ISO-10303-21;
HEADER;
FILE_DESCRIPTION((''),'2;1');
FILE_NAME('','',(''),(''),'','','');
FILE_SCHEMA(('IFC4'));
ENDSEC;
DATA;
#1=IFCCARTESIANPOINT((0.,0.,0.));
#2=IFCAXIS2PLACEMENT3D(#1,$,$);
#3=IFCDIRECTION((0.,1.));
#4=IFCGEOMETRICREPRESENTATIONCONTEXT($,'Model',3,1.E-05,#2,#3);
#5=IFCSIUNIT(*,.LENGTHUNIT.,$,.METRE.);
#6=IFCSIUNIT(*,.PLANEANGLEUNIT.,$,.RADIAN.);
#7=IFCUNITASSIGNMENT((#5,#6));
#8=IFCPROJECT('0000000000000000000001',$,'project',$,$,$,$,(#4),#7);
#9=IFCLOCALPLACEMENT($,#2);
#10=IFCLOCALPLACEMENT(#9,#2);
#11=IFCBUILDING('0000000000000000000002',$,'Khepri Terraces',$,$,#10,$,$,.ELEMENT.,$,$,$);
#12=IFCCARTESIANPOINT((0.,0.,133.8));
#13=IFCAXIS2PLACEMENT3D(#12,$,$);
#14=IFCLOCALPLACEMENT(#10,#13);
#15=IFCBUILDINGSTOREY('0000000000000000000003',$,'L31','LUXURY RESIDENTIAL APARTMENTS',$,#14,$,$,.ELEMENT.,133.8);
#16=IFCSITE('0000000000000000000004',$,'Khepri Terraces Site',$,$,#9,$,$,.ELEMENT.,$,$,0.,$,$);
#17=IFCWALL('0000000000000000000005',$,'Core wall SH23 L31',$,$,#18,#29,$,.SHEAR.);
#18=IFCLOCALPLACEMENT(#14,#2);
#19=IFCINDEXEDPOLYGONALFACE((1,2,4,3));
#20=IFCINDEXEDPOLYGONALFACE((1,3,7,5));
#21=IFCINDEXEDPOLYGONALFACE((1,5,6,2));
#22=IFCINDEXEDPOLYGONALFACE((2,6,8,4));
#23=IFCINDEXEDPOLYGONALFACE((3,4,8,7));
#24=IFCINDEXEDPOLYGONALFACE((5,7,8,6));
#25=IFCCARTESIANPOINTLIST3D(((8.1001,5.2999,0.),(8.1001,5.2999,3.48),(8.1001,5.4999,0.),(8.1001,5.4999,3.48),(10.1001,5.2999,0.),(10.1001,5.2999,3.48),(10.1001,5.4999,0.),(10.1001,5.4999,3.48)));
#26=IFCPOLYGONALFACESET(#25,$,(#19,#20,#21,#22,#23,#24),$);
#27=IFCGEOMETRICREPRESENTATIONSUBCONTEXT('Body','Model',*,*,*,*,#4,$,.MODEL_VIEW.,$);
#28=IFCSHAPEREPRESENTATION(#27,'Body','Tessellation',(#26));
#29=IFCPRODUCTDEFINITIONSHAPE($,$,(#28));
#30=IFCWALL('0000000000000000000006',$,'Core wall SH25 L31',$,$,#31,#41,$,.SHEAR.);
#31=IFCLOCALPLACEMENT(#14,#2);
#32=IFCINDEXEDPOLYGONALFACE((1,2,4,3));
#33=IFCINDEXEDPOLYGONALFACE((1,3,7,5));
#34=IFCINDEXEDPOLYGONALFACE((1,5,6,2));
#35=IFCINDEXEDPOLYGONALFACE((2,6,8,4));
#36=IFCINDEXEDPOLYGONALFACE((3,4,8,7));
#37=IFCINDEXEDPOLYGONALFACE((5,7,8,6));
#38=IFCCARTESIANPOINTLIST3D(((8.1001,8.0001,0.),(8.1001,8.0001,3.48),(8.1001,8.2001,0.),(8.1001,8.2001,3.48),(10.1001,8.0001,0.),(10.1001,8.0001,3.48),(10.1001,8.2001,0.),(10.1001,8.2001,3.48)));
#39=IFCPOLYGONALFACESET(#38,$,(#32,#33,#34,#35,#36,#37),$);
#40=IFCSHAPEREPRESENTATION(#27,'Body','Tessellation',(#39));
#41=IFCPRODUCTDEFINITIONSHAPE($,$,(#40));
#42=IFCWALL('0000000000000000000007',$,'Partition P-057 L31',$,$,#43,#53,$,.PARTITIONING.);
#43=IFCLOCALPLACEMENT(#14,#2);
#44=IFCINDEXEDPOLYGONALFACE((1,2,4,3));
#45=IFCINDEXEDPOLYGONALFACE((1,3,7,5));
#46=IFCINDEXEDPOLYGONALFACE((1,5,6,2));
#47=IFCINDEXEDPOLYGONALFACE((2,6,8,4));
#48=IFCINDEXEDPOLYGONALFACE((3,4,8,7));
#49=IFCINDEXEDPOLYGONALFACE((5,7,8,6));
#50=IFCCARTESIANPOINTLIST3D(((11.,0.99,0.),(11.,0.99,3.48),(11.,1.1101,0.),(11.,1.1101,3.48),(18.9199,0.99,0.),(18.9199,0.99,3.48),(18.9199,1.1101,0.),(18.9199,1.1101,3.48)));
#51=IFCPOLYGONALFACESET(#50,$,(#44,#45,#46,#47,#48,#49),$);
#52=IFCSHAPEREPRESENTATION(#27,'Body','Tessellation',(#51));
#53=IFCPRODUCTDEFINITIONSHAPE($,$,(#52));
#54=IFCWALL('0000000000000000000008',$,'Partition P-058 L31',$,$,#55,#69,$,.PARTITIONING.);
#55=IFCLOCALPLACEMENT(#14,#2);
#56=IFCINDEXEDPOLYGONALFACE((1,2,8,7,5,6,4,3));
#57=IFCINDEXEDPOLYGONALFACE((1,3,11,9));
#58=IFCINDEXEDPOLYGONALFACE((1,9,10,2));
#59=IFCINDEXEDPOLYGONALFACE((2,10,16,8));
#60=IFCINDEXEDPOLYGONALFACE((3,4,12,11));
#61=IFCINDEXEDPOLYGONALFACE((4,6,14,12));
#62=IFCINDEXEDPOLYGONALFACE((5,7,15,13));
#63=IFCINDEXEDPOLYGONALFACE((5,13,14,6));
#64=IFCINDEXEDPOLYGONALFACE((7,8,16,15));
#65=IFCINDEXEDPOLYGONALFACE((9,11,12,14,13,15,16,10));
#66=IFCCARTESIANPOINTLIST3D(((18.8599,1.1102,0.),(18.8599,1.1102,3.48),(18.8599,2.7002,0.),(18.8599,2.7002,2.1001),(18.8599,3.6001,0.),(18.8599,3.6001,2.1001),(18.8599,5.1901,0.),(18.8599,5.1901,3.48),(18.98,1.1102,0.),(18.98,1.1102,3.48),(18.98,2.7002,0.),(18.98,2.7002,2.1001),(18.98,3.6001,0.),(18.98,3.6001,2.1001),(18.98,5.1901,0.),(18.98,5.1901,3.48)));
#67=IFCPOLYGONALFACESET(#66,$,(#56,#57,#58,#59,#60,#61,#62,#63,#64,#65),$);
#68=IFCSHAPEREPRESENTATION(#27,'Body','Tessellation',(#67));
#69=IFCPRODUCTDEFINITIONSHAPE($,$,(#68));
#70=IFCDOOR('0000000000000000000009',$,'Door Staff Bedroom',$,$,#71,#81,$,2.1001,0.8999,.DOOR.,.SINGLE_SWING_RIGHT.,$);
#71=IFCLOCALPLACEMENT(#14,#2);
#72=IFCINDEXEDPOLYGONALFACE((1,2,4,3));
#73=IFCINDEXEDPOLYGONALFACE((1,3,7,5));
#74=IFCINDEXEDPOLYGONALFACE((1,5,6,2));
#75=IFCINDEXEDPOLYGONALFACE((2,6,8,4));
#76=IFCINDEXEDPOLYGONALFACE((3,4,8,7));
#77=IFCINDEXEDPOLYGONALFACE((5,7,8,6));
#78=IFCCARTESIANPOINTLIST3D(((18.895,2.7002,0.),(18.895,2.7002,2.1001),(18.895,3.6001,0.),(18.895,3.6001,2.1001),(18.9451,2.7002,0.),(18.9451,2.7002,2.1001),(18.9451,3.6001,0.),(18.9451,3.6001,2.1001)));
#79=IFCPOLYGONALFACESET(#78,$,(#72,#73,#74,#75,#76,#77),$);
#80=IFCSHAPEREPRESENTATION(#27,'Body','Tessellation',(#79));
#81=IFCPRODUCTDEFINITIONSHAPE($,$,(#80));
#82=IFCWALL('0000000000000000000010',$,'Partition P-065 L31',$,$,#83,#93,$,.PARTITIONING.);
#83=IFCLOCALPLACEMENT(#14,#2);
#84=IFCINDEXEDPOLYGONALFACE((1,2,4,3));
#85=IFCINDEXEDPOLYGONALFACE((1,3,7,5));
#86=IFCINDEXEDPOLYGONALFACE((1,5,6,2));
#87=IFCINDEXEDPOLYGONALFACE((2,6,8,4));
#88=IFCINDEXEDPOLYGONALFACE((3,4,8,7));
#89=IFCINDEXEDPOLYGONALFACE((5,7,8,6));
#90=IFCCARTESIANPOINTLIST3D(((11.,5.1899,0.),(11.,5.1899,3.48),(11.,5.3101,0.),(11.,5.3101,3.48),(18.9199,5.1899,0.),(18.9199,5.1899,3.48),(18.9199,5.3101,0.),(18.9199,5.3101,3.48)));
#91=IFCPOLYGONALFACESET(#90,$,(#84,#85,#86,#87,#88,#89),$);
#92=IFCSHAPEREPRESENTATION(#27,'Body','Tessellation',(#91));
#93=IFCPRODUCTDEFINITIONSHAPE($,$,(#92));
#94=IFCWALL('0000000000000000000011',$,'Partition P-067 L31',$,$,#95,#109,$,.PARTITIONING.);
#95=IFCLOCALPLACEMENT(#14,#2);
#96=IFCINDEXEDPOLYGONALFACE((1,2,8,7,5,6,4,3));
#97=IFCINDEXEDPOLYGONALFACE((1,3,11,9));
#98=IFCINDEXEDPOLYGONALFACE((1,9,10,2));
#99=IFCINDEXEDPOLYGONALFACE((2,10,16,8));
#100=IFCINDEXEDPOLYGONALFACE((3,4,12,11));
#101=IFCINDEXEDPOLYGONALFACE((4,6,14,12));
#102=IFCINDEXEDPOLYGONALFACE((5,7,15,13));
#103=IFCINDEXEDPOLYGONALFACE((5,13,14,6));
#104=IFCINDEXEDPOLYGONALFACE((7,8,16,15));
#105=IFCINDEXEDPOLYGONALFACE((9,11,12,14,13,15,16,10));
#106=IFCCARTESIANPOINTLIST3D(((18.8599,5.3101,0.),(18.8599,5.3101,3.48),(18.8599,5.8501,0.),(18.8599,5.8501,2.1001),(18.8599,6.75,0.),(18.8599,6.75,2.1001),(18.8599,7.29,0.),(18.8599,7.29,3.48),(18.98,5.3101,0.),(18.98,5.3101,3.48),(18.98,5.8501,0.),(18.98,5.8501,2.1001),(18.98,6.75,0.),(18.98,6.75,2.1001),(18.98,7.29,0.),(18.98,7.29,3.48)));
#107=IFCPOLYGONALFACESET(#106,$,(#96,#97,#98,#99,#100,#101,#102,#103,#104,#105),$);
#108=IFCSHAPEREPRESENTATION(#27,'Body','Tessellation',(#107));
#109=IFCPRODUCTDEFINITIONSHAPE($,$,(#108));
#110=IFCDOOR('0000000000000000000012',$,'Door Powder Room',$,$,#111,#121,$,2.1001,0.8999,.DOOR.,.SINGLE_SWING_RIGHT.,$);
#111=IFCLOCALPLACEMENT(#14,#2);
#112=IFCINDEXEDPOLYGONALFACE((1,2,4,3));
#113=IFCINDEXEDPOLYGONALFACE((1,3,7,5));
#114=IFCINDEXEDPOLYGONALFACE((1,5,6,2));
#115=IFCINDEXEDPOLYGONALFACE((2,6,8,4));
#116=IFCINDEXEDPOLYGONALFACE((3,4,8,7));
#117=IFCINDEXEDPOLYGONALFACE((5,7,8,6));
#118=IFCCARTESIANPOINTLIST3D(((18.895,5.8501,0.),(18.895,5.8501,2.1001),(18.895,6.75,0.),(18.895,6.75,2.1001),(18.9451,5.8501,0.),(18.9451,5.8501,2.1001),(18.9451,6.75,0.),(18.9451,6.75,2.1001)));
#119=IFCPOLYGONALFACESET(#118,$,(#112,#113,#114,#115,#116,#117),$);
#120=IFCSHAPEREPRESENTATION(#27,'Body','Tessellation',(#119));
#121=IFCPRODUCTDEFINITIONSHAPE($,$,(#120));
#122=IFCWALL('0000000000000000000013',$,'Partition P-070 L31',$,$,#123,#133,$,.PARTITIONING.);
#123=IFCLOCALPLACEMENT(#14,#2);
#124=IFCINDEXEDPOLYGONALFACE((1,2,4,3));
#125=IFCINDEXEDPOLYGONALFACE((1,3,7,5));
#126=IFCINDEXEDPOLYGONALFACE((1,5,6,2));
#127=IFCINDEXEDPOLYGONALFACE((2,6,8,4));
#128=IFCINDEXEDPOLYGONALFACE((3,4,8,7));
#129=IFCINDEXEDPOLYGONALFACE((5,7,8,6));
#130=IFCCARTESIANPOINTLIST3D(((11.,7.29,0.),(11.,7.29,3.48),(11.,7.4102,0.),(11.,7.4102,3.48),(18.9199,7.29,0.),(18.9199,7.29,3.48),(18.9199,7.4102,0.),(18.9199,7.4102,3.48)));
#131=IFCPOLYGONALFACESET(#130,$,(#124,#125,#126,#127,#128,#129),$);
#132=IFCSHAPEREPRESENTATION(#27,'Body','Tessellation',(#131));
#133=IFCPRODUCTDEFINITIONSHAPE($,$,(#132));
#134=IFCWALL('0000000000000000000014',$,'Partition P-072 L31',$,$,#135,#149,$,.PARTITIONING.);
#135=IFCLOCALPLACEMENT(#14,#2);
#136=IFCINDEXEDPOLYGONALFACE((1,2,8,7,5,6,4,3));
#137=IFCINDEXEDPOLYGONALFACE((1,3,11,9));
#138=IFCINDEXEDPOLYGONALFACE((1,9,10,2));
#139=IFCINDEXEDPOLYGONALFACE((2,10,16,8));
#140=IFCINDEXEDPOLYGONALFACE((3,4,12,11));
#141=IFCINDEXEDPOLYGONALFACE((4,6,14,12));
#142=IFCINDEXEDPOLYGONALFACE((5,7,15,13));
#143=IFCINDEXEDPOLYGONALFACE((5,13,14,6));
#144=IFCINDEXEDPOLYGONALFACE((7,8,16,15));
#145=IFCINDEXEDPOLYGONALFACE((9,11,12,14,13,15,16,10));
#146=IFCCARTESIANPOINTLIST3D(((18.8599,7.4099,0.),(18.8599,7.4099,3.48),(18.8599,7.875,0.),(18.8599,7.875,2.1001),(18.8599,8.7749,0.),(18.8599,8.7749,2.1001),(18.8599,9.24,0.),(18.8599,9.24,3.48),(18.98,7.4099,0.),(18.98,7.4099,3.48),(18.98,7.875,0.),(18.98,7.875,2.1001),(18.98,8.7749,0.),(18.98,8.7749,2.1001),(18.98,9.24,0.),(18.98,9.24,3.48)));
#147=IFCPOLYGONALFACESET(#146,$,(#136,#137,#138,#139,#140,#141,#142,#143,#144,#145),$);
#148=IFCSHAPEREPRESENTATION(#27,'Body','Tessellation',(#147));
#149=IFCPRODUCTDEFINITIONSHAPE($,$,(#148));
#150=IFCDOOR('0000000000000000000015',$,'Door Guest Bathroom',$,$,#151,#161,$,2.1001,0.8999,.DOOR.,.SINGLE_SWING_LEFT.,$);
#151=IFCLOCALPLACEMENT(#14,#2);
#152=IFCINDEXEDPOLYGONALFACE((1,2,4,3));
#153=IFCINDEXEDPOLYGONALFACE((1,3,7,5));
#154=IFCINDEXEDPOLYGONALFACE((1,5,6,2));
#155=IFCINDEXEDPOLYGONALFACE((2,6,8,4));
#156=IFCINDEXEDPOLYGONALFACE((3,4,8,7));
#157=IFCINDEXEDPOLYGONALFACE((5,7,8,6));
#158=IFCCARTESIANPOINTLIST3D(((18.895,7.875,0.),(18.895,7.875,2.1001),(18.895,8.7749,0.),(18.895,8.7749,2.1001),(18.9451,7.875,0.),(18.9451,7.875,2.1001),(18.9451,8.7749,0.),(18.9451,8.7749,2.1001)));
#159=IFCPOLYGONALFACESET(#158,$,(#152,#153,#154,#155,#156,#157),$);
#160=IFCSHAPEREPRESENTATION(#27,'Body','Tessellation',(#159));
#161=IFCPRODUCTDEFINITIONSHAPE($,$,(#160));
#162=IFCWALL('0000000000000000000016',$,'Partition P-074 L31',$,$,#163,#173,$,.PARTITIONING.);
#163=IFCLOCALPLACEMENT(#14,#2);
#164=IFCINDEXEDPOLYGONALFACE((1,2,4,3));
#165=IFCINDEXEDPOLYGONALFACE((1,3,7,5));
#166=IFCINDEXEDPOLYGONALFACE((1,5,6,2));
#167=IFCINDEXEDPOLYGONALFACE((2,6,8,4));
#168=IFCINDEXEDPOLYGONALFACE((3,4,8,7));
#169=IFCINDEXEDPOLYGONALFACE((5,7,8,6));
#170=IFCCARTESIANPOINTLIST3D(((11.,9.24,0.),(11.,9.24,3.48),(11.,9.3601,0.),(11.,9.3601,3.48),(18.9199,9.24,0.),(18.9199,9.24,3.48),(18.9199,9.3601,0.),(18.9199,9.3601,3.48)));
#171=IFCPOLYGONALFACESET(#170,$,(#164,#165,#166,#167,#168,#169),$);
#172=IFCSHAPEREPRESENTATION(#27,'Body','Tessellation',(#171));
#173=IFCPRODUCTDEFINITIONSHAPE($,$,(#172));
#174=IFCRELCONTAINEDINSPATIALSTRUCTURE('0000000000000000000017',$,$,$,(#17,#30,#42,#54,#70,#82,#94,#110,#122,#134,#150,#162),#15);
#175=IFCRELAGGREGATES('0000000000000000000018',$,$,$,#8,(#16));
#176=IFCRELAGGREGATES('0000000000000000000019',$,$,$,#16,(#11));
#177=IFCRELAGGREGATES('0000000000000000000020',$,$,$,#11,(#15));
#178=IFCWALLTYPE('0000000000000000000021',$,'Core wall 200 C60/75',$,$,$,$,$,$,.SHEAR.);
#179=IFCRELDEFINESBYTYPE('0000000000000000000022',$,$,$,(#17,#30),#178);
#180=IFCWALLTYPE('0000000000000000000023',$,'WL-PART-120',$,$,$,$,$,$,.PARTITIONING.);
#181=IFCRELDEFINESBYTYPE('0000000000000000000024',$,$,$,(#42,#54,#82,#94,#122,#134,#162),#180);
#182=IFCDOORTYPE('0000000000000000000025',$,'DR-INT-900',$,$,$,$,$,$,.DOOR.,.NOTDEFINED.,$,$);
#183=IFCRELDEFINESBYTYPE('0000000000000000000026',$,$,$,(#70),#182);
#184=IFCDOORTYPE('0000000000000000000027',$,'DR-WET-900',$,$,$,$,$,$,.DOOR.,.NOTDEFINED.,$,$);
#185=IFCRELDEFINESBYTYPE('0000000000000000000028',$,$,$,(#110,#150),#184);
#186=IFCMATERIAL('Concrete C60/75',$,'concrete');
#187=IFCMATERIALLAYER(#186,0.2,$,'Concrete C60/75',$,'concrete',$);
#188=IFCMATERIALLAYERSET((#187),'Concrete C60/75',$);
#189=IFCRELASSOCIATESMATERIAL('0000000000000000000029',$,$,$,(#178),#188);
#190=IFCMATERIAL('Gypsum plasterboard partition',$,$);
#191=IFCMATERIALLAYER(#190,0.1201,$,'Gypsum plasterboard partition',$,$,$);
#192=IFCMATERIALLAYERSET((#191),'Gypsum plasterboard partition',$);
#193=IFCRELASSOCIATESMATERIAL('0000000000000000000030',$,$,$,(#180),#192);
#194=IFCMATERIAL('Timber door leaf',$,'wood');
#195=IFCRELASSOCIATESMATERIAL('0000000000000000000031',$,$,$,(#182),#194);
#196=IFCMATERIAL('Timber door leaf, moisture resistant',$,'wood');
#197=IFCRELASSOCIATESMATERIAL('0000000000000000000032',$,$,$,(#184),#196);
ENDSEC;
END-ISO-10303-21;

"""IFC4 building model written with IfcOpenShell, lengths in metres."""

from ifc_helpers import new_model, si_unit, direction, frame, frame_2d, origin, place, context, subcontext, project, spatial, rectangle, extrude, material, layer, layer_set, type_object, element, fill, save


model = new_model("IFC4")

# Units and contexts
model_context = context("Model", 3, precision=1e-05, world=origin(), true_north=direction((0.0, 1.0)))
body_context = subcontext(model_context, "Body", "Model", "MODEL_VIEW")
ifc_project = project(units=[si_unit("LENGTHUNIT", "METRE"), si_unit("PLANEANGLEUNIT", "RADIAN")], contexts=[model_context])

# Site, building, storey
site_placement = place(None, origin())
site = spatial("IfcSite", under=ifc_project, at=site_placement, Name="Khepri Terraces Site", CompositionType="ELEMENT", RefElevation=0.0)
building_placement = place(site_placement, origin())
building = spatial("IfcBuilding", under=site, at=building_placement, Name="Khepri Terraces", CompositionType="ELEMENT")
storey_placement = place(building_placement, frame((0.0, 0.0, 133.8)))
storey = spatial("IfcBuildingStorey", under=building, at=storey_placement, Name="L31", Description="LUXURY RESIDENTIAL APARTMENTS", CompositionType="ELEMENT", Elevation=133.8)

# Walls
ifc_material_1 = material(Name="Concrete C60/75", Category="concrete")
ifc_layer_1 = layer(ifc_material_1, 0.2, Name="Concrete C60/75", Category="concrete")
ifc_layer_set_1 = layer_set([ifc_layer_1], Name="Concrete C60/75")
wall_type_1 = type_object("IfcWallType", Name="Core wall 200 C60/75", PredefinedType="SHEAR", material=ifc_layer_set_1)
for number, where, z_axis, x_axis, name in (
    (1, (8.1001, 5.3999, 0.0), (0.0, 0.0, 1.0), (1.0, 0.0, 0.0), "Core wall SH23 L31"),
    (2, (8.1001, 8.1001, 0.0), (0.0, 0.0, 1.0), (1.0, 0.0, 0.0), "Core wall SH25 L31"),
):
    element("IfcWall", number, at=place(storey_placement, frame(where, z_axis=z_axis, x_axis=x_axis)), inside=storey, type_object=wall_type_1, Name=name, PredefinedType="SHEAR", context=body_context, shape_type="SweptSolid", body=[
        extrude(rectangle(XDim=2.0, YDim=0.2, at=frame_2d((1.0, 0.0))), origin(), (0.0, 0.0, 1.0), 3.48),
    ])
ifc_material_2 = material(Name="Gypsum plasterboard partition")
ifc_layer_2 = layer(ifc_material_2, 0.1201, Name="Gypsum plasterboard partition")
ifc_layer_set_2 = layer_set([ifc_layer_2], Name="Gypsum plasterboard partition")
wall_type_2 = type_object("IfcWallType", Name="WL-PART-120", PredefinedType="PARTITIONING", material=ifc_layer_set_2)
wall_1_placement = place(storey_placement, frame((11.0, 1.05, 0.0), z_axis=(0.0, 0.0, 1.0), x_axis=(1.0, 0.0, 0.0)))
element("IfcWall", 3, at=wall_1_placement, inside=storey, type_object=wall_type_2, Name="Partition P-057 L31", PredefinedType="PARTITIONING", context=body_context, shape_type="SweptSolid", body=[
    extrude(rectangle(XDim=7.9199, YDim=0.1201, at=frame_2d((3.96, 0.0))), origin(), (0.0, 0.0, 1.0), 3.48),
])

# Wall, opening, door
wall_2_placement = place(storey_placement, frame((18.9199, 1.1101, 0.0), z_axis=(0.0, 0.0, 1.0), x_axis=(0.0, 1.0, 0.0)))
wall_2 = element("IfcWall", 4, at=wall_2_placement, inside=storey, type_object=wall_type_2, Name="Partition P-058 L31", PredefinedType="PARTITIONING", context=body_context, shape_type="SweptSolid", body=[
    extrude(rectangle(XDim=4.0798, YDim=0.1201, at=frame_2d((2.04, 0.0))), origin(), (0.0, 0.0, 1.0), 3.48),
])
opening_1_placement = place(wall_2_placement, frame((1.5901, 0.0, 0.0)))
opening_1 = element("IfcOpeningElement", 5, at=opening_1_placement, cuts=wall_2, PredefinedType="OPENING", context=body_context, shape_type="SweptSolid", body=[
    extrude(rectangle(XDim=0.8999, YDim=2.1001, at=frame_2d((0.45, 1.05))), frame((0.0, 0.0701, 0.0), z_axis=(0.0, -1.0, 0.0), x_axis=(1.0, 0.0, 0.0)), (0.0, 0.0, 1.0), 0.1401),
])
ifc_material_3 = material(Name="Timber door leaf", Category="wood")
door_type_1 = type_object("IfcDoorType", Name="DR-INT-900", OperationType="NOTDEFINED", PredefinedType="DOOR", material=ifc_material_3)
door_1_placement = place(opening_1_placement, origin())
door_1 = element("IfcDoor", 6, at=door_1_placement, inside=storey, type_object=door_type_1, Name="Door Staff Bedroom", OperationType="SINGLE_SWING_RIGHT", OverallHeight=2.1001, OverallWidth=0.8999, PredefinedType="DOOR", context=body_context, shape_type="SweptSolid", body=[
    extrude(rectangle(XDim=0.8999, YDim=2.1001, at=frame_2d((0.45, 1.05))), frame((0.0, 0.0249, 0.0), z_axis=(0.0, -1.0, 0.0), x_axis=(1.0, 0.0, 0.0)), (0.0, 0.0, 1.0), 0.05),
])
fill(opening_1, door_1)

# Wall
wall_3_placement = place(storey_placement, frame((11.0, 5.25, 0.0), z_axis=(0.0, 0.0, 1.0), x_axis=(1.0, 0.0, 0.0)))
element("IfcWall", 7, at=wall_3_placement, inside=storey, type_object=wall_type_2, Name="Partition P-065 L31", PredefinedType="PARTITIONING", context=body_context, shape_type="SweptSolid", body=[
    extrude(rectangle(XDim=7.9199, YDim=0.1201, at=frame_2d((3.96, 0.0))), origin(), (0.0, 0.0, 1.0), 3.48),
])

# Wall, opening, door
wall_4_placement = place(storey_placement, frame((18.9199, 5.3101, 0.0), z_axis=(0.0, 0.0, 1.0), x_axis=(0.0, 1.0, 0.0)))
wall_4 = element("IfcWall", 8, at=wall_4_placement, inside=storey, type_object=wall_type_2, Name="Partition P-067 L31", PredefinedType="PARTITIONING", context=body_context, shape_type="SweptSolid", body=[
    extrude(rectangle(XDim=1.98, YDim=0.1201, at=frame_2d((0.99, 0.0))), origin(), (0.0, 0.0, 1.0), 3.48),
])
opening_2_placement = place(wall_4_placement, frame((0.54, 0.0, 0.0)))
opening_2 = element("IfcOpeningElement", 9, at=opening_2_placement, cuts=wall_4, PredefinedType="OPENING", context=body_context, shape_type="SweptSolid", body=[
    extrude(rectangle(XDim=0.8999, YDim=2.1001, at=frame_2d((0.45, 1.05))), frame((0.0, 0.0701, 0.0), z_axis=(0.0, -1.0, 0.0), x_axis=(1.0, 0.0, 0.0)), (0.0, 0.0, 1.0), 0.1401),
])
ifc_material_4 = material(Name="Timber door leaf, moisture resistant", Category="wood")
door_type_2 = type_object("IfcDoorType", Name="DR-WET-900", OperationType="NOTDEFINED", PredefinedType="DOOR", material=ifc_material_4)
door_2_placement = place(opening_2_placement, origin())
door_2 = element("IfcDoor", 10, at=door_2_placement, inside=storey, type_object=door_type_2, Name="Door Powder Room", OperationType="SINGLE_SWING_RIGHT", OverallHeight=2.1001, OverallWidth=0.8999, PredefinedType="DOOR", context=body_context, shape_type="SweptSolid", body=[
    extrude(rectangle(XDim=0.8999, YDim=2.1001, at=frame_2d((0.45, 1.05))), frame((0.0, 0.0249, 0.0), z_axis=(0.0, -1.0, 0.0), x_axis=(1.0, 0.0, 0.0)), (0.0, 0.0, 1.0), 0.05),
])
fill(opening_2, door_2)

# Wall
wall_5_placement = place(storey_placement, frame((11.0, 7.3501, 0.0), z_axis=(0.0, 0.0, 1.0), x_axis=(1.0, 0.0, 0.0)))
element("IfcWall", 11, at=wall_5_placement, inside=storey, type_object=wall_type_2, Name="Partition P-070 L31", PredefinedType="PARTITIONING", context=body_context, shape_type="SweptSolid", body=[
    extrude(rectangle(XDim=7.9199, YDim=0.1201, at=frame_2d((3.96, 0.0))), origin(), (0.0, 0.0, 1.0), 3.48),
])

# Wall, opening, door
wall_6_placement = place(storey_placement, frame((18.9199, 7.4099, 0.0), z_axis=(0.0, 0.0, 1.0), x_axis=(0.0, 1.0, 0.0)))
wall_6 = element("IfcWall", 12, at=wall_6_placement, inside=storey, type_object=wall_type_2, Name="Partition P-072 L31", PredefinedType="PARTITIONING", context=body_context, shape_type="SweptSolid", body=[
    extrude(rectangle(XDim=1.8301, YDim=0.1201, at=frame_2d((0.915, 0.0))), origin(), (0.0, 0.0, 1.0), 3.48),
])
opening_3_placement = place(wall_6_placement, frame((0.4651, 0.0, 0.0)))
opening_3 = element("IfcOpeningElement", 13, at=opening_3_placement, cuts=wall_6, PredefinedType="OPENING", context=body_context, shape_type="SweptSolid", body=[
    extrude(rectangle(XDim=0.8999, YDim=2.1001, at=frame_2d((0.45, 1.05))), frame((0.0, 0.0701, 0.0), z_axis=(0.0, -1.0, 0.0), x_axis=(1.0, 0.0, 0.0)), (0.0, 0.0, 1.0), 0.1401),
])
door_3_placement = place(opening_3_placement, origin())
door_3 = element("IfcDoor", 14, at=door_3_placement, inside=storey, type_object=door_type_2, Name="Door Guest Bathroom", OperationType="SINGLE_SWING_LEFT", OverallHeight=2.1001, OverallWidth=0.8999, PredefinedType="DOOR", context=body_context, shape_type="SweptSolid", body=[
    extrude(rectangle(XDim=0.8999, YDim=2.1001, at=frame_2d((0.45, 1.05))), frame((0.0, 0.0249, 0.0), z_axis=(0.0, -1.0, 0.0), x_axis=(1.0, 0.0, 0.0)), (0.0, 0.0, 1.0), 0.05),
])
fill(opening_3, door_3)

# Wall
wall_7_placement = place(storey_placement, frame((11.0, 9.3, 0.0), z_axis=(0.0, 0.0, 1.0), x_axis=(1.0, 0.0, 0.0)))
element("IfcWall", 15, at=wall_7_placement, inside=storey, type_object=wall_type_2, Name="Partition P-074 L31", PredefinedType="PARTITIONING", context=body_context, shape_type="SweptSolid", body=[
    extrude(rectangle(XDim=7.9199, YDim=0.1201, at=frame_2d((3.96, 0.0))), origin(), (0.0, 0.0, 1.0), 3.48),
])

save(model, "model.ifc")
